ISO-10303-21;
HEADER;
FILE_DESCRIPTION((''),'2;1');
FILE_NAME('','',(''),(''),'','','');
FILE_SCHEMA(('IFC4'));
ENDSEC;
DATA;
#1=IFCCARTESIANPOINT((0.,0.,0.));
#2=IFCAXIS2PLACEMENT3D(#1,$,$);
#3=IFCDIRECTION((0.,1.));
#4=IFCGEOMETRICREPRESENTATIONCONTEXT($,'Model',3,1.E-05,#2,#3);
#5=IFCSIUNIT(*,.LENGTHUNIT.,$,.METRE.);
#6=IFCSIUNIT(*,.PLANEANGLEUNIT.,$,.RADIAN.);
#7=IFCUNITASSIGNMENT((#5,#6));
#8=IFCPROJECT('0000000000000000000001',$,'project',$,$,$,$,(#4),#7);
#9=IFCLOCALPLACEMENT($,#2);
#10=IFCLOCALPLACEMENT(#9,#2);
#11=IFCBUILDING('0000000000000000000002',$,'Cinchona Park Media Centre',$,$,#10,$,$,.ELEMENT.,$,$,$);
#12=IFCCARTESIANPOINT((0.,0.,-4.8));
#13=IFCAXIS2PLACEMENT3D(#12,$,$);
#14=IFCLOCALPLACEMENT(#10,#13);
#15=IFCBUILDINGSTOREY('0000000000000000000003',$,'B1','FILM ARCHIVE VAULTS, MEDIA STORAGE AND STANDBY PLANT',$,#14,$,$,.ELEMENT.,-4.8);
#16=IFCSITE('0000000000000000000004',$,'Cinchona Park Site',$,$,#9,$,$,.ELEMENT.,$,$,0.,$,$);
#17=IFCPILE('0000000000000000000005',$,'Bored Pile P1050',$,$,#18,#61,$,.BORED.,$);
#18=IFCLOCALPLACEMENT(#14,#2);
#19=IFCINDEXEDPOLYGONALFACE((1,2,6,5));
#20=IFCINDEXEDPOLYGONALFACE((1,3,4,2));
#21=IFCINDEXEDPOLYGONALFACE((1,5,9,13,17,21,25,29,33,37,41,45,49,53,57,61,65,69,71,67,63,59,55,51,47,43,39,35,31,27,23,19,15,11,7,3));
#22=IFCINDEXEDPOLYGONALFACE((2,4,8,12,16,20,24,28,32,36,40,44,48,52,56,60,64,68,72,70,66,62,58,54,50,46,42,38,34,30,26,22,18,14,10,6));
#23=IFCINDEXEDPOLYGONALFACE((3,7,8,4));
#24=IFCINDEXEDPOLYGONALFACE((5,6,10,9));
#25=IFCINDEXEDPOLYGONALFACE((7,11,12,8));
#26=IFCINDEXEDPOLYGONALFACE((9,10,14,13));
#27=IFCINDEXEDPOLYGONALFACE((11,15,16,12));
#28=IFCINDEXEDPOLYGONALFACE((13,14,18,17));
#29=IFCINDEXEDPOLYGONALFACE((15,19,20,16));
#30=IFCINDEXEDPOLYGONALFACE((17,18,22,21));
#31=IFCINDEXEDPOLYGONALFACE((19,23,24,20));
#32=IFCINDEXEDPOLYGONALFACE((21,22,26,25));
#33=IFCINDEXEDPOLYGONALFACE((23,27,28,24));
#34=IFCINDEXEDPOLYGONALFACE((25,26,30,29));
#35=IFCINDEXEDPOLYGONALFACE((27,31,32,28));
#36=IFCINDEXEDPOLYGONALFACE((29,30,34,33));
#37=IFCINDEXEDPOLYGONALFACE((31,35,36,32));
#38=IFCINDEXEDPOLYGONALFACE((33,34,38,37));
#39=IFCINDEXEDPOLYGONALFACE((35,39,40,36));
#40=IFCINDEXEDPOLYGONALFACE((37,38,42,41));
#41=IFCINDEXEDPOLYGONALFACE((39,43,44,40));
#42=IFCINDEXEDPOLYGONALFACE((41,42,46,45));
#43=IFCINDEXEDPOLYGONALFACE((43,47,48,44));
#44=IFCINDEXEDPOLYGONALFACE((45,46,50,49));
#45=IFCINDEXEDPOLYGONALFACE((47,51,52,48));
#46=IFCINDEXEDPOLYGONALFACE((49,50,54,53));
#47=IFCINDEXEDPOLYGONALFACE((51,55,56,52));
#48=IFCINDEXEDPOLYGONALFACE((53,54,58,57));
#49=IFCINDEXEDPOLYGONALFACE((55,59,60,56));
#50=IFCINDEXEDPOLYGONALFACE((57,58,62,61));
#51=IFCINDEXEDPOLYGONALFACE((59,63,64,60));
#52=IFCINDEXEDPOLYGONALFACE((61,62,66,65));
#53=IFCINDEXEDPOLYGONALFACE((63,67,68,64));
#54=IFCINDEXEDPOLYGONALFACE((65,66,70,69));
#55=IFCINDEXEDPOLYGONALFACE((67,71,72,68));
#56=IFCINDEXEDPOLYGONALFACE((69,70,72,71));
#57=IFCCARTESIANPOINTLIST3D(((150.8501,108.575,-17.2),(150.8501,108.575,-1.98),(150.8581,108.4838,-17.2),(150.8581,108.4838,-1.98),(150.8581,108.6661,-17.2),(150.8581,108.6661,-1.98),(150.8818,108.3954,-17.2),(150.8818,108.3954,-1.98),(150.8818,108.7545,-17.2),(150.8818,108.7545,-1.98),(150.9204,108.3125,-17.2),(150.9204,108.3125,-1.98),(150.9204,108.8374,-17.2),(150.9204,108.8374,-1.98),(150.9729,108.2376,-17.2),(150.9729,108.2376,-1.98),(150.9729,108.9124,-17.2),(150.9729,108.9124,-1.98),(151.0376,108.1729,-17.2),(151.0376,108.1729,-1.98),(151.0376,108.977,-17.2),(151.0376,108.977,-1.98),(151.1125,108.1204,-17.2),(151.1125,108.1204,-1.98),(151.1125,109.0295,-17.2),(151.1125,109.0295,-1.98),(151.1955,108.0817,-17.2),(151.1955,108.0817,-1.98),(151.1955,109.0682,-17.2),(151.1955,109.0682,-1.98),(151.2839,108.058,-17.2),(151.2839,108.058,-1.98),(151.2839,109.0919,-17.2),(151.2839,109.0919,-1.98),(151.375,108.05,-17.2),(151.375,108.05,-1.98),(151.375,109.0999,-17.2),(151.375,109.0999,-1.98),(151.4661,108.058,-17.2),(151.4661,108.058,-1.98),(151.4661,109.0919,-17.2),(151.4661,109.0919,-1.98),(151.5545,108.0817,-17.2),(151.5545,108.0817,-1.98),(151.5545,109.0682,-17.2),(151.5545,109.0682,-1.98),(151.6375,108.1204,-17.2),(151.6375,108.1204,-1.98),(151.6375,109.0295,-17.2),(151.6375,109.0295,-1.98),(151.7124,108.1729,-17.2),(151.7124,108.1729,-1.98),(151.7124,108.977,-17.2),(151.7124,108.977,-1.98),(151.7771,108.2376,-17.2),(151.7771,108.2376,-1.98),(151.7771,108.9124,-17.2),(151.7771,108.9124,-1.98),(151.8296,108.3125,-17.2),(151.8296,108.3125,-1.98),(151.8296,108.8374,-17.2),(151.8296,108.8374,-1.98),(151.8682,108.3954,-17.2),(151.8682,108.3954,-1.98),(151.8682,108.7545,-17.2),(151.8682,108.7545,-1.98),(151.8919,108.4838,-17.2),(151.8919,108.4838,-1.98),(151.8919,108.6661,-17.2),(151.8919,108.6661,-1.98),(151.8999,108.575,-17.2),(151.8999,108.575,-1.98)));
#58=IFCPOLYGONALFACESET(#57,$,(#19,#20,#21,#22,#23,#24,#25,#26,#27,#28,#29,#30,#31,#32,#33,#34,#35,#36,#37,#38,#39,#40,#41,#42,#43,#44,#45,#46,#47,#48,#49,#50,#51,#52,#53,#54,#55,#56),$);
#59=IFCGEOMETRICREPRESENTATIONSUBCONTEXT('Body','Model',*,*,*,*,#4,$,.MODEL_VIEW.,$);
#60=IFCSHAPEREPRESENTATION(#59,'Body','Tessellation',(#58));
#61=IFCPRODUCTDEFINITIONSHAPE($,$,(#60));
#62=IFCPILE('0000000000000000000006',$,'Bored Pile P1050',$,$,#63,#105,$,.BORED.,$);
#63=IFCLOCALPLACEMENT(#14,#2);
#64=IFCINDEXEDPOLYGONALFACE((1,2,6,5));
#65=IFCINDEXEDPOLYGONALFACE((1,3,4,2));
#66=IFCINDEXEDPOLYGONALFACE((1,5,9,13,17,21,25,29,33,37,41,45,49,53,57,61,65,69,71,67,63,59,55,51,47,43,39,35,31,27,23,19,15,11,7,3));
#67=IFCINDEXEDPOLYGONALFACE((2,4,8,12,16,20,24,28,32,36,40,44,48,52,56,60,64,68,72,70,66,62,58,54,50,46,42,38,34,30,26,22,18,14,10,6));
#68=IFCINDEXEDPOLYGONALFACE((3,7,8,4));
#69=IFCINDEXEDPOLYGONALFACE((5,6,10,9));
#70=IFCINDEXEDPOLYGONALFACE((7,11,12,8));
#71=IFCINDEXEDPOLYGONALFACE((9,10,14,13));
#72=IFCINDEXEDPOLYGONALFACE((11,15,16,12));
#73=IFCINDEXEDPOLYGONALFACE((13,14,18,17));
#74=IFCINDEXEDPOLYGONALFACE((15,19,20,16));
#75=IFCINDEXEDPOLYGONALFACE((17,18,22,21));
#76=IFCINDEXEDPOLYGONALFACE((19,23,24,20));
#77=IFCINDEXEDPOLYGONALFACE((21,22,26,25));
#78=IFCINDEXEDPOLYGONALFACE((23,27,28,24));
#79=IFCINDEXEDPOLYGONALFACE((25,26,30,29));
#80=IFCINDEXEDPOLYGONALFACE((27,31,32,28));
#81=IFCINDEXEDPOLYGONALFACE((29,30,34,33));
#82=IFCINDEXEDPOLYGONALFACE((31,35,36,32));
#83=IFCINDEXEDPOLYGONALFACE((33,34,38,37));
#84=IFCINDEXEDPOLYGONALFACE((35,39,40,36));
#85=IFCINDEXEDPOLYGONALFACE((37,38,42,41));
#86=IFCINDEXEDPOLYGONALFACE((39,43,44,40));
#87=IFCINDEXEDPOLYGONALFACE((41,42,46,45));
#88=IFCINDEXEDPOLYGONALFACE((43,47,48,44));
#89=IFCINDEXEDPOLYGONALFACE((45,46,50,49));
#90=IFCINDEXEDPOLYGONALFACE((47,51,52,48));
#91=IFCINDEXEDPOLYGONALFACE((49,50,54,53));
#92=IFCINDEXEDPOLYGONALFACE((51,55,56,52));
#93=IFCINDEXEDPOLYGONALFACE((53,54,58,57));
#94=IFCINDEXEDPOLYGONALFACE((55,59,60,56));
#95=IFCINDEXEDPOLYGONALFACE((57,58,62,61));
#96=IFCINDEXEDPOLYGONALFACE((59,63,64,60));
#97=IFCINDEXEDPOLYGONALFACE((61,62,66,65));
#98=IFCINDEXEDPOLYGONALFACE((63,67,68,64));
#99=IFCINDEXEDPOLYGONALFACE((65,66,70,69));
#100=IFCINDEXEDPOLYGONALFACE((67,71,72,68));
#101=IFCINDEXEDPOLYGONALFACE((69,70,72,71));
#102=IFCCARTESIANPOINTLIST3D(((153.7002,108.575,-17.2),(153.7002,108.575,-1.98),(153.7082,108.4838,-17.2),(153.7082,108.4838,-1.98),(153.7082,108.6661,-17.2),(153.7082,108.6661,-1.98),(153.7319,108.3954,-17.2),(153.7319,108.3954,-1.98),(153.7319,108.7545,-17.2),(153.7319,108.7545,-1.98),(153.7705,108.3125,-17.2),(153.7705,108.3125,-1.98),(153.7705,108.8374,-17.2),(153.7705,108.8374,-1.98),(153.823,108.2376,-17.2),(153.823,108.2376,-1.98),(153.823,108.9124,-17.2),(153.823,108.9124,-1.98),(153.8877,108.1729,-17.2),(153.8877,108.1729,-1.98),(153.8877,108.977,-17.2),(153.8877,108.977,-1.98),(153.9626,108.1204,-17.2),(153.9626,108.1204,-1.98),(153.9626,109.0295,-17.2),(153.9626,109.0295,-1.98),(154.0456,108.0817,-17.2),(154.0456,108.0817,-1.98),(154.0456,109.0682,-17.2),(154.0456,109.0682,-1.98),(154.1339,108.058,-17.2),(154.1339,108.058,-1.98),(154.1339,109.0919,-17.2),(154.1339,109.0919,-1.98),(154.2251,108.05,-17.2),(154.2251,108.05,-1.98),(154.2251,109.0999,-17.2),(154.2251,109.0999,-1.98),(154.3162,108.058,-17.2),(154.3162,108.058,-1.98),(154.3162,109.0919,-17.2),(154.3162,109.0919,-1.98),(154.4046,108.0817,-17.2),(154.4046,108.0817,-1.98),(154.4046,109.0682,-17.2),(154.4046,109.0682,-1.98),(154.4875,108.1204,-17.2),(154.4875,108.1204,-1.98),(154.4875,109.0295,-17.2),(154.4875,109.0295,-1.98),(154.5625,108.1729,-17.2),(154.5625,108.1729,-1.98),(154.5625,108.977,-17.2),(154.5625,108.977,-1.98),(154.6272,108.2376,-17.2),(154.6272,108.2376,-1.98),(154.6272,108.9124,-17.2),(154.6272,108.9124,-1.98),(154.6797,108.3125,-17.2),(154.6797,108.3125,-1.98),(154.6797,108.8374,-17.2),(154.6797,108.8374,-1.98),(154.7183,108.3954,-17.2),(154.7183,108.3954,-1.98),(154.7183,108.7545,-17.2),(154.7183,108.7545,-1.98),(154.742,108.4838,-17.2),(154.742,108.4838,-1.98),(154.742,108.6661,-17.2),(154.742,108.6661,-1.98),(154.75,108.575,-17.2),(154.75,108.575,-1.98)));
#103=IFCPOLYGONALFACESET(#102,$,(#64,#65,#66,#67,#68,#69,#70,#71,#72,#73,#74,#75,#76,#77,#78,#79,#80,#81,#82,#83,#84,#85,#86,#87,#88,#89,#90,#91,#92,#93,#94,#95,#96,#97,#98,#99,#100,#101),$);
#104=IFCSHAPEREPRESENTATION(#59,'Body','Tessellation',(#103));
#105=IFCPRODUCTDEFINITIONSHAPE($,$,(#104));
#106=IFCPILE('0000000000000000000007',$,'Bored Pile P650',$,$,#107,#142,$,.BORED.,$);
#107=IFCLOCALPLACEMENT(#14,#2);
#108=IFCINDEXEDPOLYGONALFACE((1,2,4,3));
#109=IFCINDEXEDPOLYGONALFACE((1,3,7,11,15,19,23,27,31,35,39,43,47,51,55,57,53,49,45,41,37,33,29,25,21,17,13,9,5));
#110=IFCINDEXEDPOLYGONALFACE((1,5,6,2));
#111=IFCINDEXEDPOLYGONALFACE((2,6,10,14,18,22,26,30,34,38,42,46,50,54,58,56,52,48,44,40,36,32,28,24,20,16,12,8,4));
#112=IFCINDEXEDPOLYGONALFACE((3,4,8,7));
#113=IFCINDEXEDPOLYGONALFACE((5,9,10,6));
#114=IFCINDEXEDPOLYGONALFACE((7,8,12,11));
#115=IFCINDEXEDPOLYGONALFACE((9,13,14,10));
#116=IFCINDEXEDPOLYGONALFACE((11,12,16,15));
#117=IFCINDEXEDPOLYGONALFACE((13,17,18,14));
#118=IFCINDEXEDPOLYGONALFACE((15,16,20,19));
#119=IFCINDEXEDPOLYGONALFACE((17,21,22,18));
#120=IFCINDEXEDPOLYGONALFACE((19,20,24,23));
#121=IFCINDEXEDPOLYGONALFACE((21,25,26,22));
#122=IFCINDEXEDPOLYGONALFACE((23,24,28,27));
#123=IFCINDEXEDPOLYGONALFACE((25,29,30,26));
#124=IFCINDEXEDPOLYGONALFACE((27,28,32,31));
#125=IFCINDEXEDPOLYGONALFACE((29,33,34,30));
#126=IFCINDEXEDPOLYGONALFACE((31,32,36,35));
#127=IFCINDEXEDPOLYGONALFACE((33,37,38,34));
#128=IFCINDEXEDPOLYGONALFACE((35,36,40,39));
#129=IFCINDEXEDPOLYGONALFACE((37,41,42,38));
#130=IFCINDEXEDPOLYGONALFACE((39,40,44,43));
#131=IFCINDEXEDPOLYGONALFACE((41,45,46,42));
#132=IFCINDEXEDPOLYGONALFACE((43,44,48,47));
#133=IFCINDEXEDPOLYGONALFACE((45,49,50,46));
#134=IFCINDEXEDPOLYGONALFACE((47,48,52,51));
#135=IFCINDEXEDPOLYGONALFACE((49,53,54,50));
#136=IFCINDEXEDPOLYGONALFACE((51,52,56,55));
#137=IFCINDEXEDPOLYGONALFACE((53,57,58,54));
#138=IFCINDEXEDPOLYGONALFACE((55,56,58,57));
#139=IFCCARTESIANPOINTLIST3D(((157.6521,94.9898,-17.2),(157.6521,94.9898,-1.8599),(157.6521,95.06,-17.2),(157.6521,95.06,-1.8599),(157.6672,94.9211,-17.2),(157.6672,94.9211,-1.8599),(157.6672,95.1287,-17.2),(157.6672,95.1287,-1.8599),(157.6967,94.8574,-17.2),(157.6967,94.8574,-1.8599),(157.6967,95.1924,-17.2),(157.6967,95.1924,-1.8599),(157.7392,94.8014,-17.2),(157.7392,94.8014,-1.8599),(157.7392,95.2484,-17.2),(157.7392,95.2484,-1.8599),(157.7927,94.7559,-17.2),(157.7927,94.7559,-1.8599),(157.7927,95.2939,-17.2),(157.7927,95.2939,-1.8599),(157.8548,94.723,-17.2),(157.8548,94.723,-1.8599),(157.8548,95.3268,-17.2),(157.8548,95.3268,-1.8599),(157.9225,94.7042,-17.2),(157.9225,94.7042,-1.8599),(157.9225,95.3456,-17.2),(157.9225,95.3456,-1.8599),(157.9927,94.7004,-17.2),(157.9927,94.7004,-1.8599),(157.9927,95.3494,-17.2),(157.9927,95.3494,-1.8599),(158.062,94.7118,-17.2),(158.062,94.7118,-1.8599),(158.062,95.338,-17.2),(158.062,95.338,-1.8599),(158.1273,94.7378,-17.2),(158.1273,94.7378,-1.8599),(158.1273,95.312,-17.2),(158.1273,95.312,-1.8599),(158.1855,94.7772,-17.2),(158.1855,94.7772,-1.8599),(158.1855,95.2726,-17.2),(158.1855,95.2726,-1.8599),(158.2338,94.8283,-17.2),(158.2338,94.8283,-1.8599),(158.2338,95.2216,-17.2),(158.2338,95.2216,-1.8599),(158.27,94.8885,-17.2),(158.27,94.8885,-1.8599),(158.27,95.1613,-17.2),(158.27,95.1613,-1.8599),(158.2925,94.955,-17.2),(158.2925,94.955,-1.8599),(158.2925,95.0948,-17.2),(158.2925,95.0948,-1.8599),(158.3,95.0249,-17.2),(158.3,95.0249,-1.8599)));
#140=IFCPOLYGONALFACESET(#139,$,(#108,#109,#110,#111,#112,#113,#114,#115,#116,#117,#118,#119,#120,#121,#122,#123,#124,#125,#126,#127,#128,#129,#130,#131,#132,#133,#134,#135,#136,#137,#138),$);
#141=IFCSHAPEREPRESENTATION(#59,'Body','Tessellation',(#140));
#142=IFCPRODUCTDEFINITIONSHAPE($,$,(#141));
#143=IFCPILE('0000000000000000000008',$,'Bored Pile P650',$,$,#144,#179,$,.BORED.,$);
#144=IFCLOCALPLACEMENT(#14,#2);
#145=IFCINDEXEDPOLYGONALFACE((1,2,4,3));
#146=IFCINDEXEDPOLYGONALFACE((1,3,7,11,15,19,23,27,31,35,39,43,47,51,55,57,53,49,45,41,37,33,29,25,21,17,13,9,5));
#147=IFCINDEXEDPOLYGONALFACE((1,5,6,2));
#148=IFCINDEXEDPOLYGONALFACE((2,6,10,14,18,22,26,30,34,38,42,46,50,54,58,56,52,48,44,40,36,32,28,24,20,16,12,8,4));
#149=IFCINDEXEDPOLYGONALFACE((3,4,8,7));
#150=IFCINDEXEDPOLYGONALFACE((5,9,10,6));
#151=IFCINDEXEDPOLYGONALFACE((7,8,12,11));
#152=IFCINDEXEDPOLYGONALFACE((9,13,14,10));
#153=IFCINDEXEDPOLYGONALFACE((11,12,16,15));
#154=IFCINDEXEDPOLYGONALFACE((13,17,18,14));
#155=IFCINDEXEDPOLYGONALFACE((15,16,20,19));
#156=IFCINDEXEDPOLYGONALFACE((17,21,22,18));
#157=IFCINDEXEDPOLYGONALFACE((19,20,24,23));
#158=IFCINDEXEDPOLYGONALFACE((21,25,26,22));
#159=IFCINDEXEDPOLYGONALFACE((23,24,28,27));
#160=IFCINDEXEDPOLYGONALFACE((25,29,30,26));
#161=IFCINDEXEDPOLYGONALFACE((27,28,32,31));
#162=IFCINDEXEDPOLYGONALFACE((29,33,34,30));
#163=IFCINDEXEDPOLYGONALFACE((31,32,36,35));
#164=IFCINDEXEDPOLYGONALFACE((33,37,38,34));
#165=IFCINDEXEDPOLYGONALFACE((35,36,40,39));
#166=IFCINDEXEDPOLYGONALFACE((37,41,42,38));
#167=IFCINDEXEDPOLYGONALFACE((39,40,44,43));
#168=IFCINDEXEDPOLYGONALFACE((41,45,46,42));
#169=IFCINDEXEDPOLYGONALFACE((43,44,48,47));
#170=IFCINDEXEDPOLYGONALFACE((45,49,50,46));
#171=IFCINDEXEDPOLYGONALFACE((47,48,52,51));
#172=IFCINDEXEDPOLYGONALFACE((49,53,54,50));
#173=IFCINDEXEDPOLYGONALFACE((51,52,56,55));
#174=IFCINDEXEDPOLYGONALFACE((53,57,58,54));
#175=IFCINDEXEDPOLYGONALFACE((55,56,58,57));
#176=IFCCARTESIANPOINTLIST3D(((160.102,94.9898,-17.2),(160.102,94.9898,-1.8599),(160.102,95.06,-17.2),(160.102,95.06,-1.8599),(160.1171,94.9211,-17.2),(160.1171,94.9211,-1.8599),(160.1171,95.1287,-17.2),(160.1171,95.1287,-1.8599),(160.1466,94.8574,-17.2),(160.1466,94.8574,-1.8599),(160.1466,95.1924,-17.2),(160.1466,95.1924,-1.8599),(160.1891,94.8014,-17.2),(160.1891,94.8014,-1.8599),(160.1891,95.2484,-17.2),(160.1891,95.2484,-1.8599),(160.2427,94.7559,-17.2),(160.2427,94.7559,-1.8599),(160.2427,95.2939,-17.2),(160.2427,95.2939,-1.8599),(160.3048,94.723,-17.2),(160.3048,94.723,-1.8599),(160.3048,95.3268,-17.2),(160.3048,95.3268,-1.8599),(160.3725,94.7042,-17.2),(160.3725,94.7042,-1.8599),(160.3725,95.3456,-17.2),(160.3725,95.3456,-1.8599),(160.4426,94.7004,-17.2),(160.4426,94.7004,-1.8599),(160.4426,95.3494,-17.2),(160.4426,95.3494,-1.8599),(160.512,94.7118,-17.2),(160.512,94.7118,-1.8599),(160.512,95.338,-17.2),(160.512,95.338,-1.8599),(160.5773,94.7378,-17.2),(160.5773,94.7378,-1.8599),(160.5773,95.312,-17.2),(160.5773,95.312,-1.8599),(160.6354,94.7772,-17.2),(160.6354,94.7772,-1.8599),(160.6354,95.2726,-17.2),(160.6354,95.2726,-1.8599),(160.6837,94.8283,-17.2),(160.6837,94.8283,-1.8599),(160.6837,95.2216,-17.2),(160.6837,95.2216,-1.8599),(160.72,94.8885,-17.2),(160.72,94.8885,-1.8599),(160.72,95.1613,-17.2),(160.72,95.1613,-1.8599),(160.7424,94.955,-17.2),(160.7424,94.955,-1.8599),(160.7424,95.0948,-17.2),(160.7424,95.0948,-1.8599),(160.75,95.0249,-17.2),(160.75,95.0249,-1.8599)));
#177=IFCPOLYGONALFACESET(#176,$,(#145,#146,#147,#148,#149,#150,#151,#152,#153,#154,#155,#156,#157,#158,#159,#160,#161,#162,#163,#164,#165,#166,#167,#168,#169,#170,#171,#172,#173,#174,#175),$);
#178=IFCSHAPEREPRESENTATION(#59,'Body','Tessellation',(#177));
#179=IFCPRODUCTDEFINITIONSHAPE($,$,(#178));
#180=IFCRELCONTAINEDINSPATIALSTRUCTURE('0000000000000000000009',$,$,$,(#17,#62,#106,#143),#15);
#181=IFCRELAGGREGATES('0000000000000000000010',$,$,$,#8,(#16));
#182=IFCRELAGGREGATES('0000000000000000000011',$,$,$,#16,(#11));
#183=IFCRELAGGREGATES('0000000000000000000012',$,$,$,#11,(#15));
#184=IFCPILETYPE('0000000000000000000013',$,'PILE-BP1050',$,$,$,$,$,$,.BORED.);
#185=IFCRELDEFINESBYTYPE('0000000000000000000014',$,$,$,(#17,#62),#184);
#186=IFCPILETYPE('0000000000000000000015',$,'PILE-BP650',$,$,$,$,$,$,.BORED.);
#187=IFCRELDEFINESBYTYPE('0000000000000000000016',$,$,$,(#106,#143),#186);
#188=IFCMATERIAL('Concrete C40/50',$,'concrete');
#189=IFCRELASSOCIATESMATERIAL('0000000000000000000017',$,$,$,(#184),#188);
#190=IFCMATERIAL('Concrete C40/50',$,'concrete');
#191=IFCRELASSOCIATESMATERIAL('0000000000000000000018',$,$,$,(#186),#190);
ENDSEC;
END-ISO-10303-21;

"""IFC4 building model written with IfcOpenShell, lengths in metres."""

from ifc_helpers import new_model, si_unit, direction, frame, origin, origin_2d, place, context, subcontext, project, spatial, circle, extrude, material, material_profile, profile_set, type_object, element, save


model = new_model("IFC4")

# Units and contexts
model_context = context("Model", 3, precision=1e-05, world=origin(), true_north=direction((0.0, 1.0)))
body_context = subcontext(model_context, "Body", "Model", "MODEL_VIEW")
ifc_project = project(units=[si_unit("LENGTHUNIT", "METRE"), si_unit("PLANEANGLEUNIT", "RADIAN")], contexts=[model_context])

# Site, building, storey
site_placement = place(None, origin())
site = spatial("IfcSite", under=ifc_project, at=site_placement, Name="Cinchona Park Site", CompositionType="ELEMENT", RefElevation=0.0)
building_placement = place(site_placement, origin())
building = spatial("IfcBuilding", under=site, at=building_placement, Name="Cinchona Park Media Centre", CompositionType="ELEMENT")
storey_placement = place(building_placement, frame((0.0, 0.0, -4.8)))
storey = spatial("IfcBuildingStorey", under=building, at=storey_placement, Name="B1", Description="FILM ARCHIVE VAULTS, MEDIA STORAGE AND STANDBY PLANT", CompositionType="ELEMENT", Elevation=-4.8)

# Piles
ifc_material_1 = material(Name="Concrete C40/50", Category="concrete")
ifc_material_profile_1 = material_profile(ifc_material_1, circle(Radius=0.5249, at=origin_2d()), Name="BORED PILE 1050")
ifc_profile_set_1 = profile_set([ifc_material_profile_1], Name="Concrete C40/50")
pile_type_1 = type_object("IfcPileType", Name="PILE-BP1050", PredefinedType="BORED", material=ifc_profile_set_1)
for number, where, z_axis, x_axis, name in (
    (1, (151.375, 108.575, -1.98), (0.0, 0.0, -1.0), (1.0, 0.0, 0.0), "Bored Pile P1050"),
    (2, (154.2251, 108.575, -1.98), (0.0, 0.0, -1.0), (1.0, 0.0, 0.0), "Bored Pile P1050"),
):
    element("IfcPile", number, at=place(storey_placement, frame(where, z_axis=z_axis, x_axis=x_axis)), inside=storey, type_object=pile_type_1, Name=name, PredefinedType="BORED", context=body_context, shape_type="SweptSolid", body=[
        extrude(circle(Radius=0.5249, at=origin_2d()), origin(), (0.0, 0.0, 1.0), 15.22),
    ])
ifc_material_2 = material(Name="Concrete C40/50", Category="concrete")
ifc_material_profile_2 = material_profile(ifc_material_2, circle(Radius=0.325, at=origin_2d()), Name="BORED PILE 650")
ifc_profile_set_2 = profile_set([ifc_material_profile_2], Name="Concrete C40/50")
pile_type_2 = type_object("IfcPileType", Name="PILE-BP650", PredefinedType="BORED", material=ifc_profile_set_2)
for number, where, z_axis, x_axis, name in (
    (3, (157.9751, 95.0249, -1.8599), (0.0, 0.0, -1.0), (1.0, 0.0, 0.0), "Bored Pile P650"),
    (4, (160.425, 95.0249, -1.8599), (0.0, 0.0, -1.0), (1.0, 0.0, 0.0), "Bored Pile P650"),
):
    element("IfcPile", number, at=place(storey_placement, frame(where, z_axis=z_axis, x_axis=x_axis)), inside=storey, type_object=pile_type_2, Name=name, PredefinedType="BORED", context=body_context, shape_type="SweptSolid", body=[
        extrude(circle(Radius=0.325, at=origin_2d()), origin(), (0.0, 0.0, 1.0), 15.3401),
    ])

save(model, "model.ifc")
